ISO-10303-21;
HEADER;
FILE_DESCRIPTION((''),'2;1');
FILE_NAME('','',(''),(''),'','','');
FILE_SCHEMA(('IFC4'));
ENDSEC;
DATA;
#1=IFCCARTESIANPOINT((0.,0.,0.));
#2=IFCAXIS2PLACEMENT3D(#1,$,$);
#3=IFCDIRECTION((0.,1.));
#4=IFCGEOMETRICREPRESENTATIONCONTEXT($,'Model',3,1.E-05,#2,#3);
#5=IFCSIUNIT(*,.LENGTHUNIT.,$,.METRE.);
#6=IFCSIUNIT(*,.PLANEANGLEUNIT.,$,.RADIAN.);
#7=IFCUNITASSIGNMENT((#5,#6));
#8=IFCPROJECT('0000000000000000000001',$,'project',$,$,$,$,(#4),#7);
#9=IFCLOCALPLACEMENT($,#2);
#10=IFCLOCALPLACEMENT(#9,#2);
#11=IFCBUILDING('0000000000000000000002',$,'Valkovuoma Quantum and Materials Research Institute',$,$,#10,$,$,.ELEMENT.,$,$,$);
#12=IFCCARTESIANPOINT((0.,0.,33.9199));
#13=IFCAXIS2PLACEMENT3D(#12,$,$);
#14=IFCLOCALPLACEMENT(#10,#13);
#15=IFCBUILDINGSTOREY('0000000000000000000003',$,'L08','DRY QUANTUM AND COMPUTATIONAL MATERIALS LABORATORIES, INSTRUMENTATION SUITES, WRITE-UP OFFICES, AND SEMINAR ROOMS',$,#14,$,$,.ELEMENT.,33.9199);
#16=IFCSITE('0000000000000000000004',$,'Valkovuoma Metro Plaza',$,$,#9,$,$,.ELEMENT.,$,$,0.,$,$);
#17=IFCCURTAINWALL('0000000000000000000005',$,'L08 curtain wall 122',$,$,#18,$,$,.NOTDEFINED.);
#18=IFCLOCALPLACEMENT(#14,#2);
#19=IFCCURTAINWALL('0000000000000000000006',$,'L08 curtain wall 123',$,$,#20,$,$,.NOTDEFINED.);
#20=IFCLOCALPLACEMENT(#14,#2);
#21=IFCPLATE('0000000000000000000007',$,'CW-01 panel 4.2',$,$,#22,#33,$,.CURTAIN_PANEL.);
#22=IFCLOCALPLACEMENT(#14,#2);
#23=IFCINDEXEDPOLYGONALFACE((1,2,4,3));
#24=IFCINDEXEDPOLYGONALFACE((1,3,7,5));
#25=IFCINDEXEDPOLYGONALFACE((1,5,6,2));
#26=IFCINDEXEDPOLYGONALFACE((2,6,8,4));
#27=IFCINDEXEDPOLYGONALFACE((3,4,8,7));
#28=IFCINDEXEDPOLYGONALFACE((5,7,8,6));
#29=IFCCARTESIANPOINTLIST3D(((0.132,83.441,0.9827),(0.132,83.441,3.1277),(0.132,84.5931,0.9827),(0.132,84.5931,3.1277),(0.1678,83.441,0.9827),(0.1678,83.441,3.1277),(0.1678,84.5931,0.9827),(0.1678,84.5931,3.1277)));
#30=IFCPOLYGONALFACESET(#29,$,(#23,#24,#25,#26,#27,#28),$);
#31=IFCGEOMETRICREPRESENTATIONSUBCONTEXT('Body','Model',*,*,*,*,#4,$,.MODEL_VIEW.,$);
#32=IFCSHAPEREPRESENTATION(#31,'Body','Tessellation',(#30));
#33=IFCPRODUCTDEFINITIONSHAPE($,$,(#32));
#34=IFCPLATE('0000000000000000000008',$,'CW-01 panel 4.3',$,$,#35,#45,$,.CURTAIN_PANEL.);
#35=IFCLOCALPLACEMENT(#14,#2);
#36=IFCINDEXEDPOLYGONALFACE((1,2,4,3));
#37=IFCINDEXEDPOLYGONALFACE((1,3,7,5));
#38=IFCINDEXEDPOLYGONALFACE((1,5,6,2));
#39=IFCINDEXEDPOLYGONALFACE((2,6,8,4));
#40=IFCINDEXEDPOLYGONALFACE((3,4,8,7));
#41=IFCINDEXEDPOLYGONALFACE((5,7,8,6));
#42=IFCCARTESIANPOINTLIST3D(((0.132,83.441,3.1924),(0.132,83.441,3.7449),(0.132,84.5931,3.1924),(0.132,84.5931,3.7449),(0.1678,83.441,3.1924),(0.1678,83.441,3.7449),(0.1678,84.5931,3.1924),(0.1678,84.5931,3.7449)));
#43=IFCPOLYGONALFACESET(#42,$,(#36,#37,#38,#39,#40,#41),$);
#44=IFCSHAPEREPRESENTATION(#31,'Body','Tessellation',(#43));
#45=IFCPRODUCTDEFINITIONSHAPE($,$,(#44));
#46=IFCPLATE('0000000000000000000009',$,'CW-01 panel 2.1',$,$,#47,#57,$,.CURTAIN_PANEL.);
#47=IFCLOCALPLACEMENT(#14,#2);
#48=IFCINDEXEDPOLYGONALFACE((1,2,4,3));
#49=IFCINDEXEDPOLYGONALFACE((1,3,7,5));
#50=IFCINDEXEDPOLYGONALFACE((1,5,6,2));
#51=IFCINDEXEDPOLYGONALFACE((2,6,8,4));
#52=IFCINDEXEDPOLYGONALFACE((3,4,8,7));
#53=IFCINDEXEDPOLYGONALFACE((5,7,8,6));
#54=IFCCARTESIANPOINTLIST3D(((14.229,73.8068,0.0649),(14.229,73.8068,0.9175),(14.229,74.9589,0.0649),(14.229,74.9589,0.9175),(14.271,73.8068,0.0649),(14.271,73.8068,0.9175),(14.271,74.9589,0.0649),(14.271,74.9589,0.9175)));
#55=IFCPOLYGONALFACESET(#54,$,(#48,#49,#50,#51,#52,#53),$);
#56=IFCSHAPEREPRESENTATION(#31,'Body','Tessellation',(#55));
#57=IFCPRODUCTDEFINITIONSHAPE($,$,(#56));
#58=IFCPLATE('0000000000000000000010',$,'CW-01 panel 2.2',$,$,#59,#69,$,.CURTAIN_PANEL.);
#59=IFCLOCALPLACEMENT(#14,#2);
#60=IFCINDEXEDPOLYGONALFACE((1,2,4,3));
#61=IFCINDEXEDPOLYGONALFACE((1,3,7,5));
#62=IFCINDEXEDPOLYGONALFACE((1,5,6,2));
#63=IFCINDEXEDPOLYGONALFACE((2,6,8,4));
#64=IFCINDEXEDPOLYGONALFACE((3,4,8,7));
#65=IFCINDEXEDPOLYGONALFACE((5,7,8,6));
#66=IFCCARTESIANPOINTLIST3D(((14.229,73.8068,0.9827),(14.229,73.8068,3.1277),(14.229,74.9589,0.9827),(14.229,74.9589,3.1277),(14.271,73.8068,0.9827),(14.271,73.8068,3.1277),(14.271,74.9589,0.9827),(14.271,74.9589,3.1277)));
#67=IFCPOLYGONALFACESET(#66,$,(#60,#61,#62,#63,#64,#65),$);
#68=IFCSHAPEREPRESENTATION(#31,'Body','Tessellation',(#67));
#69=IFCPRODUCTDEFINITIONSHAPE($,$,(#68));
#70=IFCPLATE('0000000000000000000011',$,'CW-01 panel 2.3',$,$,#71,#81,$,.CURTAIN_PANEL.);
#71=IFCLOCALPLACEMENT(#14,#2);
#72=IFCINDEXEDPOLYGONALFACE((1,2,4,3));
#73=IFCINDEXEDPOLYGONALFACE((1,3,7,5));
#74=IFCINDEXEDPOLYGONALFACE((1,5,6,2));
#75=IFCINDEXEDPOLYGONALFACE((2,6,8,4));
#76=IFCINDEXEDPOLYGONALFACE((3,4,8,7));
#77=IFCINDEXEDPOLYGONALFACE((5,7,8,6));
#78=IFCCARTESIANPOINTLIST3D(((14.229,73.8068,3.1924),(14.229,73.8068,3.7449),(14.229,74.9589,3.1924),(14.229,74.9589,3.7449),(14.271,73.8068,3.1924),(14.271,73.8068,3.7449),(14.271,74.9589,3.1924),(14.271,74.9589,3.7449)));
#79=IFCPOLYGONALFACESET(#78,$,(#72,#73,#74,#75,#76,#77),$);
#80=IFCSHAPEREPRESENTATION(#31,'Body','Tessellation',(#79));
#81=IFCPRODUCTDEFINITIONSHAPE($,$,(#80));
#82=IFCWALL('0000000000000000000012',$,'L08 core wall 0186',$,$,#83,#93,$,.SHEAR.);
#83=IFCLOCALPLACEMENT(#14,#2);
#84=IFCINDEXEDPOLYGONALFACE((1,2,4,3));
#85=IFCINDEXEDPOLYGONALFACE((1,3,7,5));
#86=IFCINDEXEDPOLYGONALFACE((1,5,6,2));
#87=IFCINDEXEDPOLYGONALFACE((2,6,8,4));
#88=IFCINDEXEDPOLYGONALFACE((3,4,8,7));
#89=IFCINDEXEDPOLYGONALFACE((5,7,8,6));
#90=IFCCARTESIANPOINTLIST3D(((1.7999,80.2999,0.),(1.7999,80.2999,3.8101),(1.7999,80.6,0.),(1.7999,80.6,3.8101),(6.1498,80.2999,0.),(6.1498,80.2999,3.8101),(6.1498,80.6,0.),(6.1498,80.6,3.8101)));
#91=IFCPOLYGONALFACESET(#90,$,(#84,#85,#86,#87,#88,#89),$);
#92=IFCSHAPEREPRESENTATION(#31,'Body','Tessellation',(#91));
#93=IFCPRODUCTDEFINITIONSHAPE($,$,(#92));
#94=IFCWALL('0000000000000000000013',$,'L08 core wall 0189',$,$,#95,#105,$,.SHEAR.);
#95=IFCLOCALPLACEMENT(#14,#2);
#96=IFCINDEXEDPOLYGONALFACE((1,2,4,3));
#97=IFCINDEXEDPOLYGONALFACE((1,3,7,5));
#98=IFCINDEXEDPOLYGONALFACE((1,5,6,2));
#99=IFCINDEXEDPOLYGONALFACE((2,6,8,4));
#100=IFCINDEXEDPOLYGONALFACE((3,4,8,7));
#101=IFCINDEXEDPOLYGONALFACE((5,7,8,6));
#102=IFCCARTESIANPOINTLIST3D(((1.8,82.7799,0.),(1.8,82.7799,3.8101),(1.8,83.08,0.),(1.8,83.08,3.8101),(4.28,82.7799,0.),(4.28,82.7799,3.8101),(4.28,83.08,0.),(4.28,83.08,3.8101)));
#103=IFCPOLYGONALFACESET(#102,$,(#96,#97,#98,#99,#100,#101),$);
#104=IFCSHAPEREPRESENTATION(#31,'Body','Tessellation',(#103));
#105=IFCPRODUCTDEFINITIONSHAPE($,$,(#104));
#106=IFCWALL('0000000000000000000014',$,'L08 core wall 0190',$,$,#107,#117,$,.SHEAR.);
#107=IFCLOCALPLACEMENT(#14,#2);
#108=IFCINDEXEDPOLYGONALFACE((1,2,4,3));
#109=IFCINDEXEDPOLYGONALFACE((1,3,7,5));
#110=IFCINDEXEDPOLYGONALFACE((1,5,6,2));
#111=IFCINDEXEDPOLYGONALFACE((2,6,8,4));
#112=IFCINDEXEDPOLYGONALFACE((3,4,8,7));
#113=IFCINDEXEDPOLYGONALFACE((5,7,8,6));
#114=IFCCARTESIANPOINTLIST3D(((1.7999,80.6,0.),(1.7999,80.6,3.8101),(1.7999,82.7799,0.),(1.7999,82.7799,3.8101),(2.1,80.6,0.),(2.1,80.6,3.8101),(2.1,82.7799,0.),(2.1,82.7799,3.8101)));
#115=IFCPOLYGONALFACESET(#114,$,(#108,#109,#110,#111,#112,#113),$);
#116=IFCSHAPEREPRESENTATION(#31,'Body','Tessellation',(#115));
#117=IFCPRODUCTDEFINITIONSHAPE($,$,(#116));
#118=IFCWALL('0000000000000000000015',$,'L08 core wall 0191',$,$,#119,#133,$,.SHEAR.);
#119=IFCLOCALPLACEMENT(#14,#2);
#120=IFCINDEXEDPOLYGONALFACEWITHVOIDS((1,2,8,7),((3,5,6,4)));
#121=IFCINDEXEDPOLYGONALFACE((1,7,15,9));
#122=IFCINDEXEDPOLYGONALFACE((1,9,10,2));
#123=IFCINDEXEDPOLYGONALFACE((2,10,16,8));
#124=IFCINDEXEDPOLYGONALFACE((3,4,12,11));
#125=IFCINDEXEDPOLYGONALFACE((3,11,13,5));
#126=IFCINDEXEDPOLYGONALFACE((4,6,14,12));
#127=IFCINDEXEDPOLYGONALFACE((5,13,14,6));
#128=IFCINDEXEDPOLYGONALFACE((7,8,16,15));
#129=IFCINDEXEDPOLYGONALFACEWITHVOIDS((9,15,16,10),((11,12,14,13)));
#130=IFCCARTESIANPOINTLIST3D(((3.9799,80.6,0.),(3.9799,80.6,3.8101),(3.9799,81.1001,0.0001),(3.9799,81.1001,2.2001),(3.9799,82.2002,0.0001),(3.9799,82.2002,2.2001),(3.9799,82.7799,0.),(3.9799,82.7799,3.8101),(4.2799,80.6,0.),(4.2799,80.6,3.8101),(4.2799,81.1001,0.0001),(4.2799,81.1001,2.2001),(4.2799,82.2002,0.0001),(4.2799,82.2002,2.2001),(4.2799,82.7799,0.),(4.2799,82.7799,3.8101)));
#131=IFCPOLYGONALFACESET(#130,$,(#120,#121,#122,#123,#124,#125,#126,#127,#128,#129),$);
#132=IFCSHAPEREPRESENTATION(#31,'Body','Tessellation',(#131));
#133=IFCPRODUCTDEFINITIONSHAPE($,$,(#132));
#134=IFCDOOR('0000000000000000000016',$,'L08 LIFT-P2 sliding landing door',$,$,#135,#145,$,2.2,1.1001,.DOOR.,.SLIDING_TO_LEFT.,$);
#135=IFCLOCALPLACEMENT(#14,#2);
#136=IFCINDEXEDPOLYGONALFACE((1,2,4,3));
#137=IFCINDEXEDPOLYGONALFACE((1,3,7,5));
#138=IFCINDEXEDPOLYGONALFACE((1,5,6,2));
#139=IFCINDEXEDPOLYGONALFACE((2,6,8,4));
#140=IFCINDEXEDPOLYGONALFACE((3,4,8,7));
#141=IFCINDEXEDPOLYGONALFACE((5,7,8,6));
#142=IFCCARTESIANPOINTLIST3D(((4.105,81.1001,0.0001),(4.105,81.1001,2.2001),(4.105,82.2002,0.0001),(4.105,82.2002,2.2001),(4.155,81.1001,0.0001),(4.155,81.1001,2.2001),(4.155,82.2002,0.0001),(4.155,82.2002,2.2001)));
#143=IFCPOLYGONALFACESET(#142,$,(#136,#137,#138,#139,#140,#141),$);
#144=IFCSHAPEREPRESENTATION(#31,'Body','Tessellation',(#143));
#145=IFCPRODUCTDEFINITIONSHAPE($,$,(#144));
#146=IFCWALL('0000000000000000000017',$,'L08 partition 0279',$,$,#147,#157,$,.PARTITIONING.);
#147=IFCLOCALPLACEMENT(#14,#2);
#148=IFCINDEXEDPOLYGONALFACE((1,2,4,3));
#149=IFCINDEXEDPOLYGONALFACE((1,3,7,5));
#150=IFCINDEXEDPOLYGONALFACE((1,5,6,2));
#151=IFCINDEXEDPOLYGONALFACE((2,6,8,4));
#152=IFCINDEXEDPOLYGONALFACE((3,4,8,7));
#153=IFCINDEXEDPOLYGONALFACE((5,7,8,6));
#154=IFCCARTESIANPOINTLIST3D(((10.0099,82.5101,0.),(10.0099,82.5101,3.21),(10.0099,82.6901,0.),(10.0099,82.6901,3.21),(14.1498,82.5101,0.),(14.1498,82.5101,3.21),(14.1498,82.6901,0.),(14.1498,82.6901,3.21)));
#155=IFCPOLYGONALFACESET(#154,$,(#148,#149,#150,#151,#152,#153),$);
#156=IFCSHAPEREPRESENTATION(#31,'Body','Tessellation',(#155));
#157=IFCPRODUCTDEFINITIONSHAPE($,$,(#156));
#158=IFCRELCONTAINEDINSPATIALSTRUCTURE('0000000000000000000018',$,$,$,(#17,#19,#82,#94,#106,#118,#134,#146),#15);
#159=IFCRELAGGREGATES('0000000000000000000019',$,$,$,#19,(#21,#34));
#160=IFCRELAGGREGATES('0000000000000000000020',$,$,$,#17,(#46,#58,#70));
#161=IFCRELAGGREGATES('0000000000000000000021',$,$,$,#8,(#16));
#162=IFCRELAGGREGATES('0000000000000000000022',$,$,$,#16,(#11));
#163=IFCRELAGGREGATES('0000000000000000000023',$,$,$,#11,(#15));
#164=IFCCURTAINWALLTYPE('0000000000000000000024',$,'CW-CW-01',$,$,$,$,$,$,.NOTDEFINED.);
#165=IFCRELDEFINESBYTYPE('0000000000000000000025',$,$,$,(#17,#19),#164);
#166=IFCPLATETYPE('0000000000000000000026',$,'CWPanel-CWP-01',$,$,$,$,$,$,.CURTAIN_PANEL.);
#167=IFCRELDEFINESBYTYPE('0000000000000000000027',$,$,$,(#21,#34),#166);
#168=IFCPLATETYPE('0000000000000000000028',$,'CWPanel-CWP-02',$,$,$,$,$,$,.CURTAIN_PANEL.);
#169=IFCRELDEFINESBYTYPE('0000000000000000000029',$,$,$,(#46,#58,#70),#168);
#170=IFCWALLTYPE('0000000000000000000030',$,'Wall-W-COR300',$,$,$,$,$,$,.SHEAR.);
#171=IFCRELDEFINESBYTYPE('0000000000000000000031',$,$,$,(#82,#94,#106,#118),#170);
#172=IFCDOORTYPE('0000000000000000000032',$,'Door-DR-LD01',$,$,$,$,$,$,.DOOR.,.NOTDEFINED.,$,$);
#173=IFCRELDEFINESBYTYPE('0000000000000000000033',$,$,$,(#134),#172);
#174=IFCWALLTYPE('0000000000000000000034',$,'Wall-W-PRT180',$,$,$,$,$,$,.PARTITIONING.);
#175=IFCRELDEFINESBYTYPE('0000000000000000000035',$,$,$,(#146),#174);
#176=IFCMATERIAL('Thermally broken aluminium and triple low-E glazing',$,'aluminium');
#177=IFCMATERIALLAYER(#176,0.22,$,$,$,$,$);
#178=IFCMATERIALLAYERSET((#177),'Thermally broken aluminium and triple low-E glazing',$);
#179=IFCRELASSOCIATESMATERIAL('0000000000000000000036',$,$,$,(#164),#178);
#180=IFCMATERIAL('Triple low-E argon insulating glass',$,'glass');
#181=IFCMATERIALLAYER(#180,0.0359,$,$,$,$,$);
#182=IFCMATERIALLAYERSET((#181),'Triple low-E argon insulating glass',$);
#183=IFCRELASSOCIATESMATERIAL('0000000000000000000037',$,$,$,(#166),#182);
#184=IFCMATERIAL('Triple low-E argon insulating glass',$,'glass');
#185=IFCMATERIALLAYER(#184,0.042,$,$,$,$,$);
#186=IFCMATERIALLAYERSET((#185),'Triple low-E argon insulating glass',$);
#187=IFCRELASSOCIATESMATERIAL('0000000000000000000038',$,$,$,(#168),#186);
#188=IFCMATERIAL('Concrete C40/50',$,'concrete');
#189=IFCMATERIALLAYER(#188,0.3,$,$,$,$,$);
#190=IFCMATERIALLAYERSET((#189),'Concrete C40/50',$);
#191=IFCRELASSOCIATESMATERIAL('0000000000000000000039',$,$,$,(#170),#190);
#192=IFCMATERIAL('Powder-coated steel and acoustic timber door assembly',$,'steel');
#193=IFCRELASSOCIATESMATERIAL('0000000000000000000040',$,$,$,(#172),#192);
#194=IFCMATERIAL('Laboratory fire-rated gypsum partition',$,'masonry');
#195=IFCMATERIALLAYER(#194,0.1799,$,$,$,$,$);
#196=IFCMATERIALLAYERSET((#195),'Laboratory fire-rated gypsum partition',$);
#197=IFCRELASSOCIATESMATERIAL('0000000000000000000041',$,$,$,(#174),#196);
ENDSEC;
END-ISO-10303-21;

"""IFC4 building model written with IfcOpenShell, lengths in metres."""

from ifc_helpers import new_model, si_unit, direction, frame, frame_2d, origin, origin_2d, place, context, subcontext, project, spatial, rectangle, extrude, material, layer, layer_set, type_object, element, fill, aggregate, save


model = new_model("IFC4")

# Units and contexts
model_context = context("Model", 3, precision=1e-05, world=origin(), true_north=direction((0.0, 1.0)))
body_context = subcontext(model_context, "Body", "Model", "MODEL_VIEW")
ifc_project = project(units=[si_unit("LENGTHUNIT", "METRE"), si_unit("PLANEANGLEUNIT", "RADIAN")], contexts=[model_context])

# Site, building, storey
site_placement = place(None, origin())
site = spatial("IfcSite", under=ifc_project, at=site_placement, Name="Valkovuoma Metro Plaza", CompositionType="ELEMENT", RefElevation=0.0)
building_placement = place(site_placement, origin())
building = spatial("IfcBuilding", under=site, at=building_placement, Name="Valkovuoma Quantum and Materials Research Institute", CompositionType="ELEMENT")
storey_placement = place(building_placement, frame((0.0, 0.0, 33.9199)))
storey = spatial("IfcBuildingStorey", under=building, at=storey_placement, Name="L08", Description="DRY QUANTUM AND COMPUTATIONAL MATERIALS LABORATORIES, INSTRUMENTATION SUITES, WRITE-UP OFFICES, AND SEMINAR ROOMS", CompositionType="ELEMENT", Elevation=33.9199)

# Curtain wall
ifc_material_1 = material(Name="Thermally broken aluminium and triple low-E glazing", Category="aluminium")
ifc_layer_1 = layer(ifc_material_1, 0.22)
ifc_layer_set_1 = layer_set([ifc_layer_1], Name="Thermally broken aluminium and triple low-E glazing")
curtain_wall_type = type_object("IfcCurtainWallType", Name="CW-CW-01", PredefinedType="NOTDEFINED", material=ifc_layer_set_1)
curtain_wall_1_placement = place(storey_placement, origin())
curtain_wall_1 = element("IfcCurtainWall", 1, at=curtain_wall_1_placement, inside=storey, type_object=curtain_wall_type, Name="L08 curtain wall 122", PredefinedType="NOTDEFINED")

# Curtain wall
curtain_wall_2_placement = place(storey_placement, origin())
curtain_wall_2 = element("IfcCurtainWall", 2, at=curtain_wall_2_placement, inside=storey, type_object=curtain_wall_type, Name="L08 curtain wall 123", PredefinedType="NOTDEFINED")

# Plates
ifc_material_2 = material(Name="Triple low-E argon insulating glass", Category="glass")
ifc_layer_2 = layer(ifc_material_2, 0.0359)
ifc_layer_set_2 = layer_set([ifc_layer_2], Name="Triple low-E argon insulating glass")
plate_type_1 = type_object("IfcPlateType", Name="CWPanel-CWP-01", PredefinedType="CURTAIN_PANEL", material=ifc_layer_set_2)
plate_1_placement = place(storey_placement, frame((0.1499, 84.0171, 0.9827), z_axis=(0.0, 0.0, 1.0), x_axis=(0.0, 1.0, 0.0)))
plate_1 = element("IfcPlate", 3, at=plate_1_placement, type_object=plate_type_1, Name="CW-01 panel 4.2", PredefinedType="CURTAIN_PANEL", context=body_context, shape_type="SweptSolid", body=[
    extrude(rectangle(XDim=1.1521, YDim=0.0359, at=origin_2d()), origin(), (0.0, 0.0, 1.0), 2.145),
])
plate_2_placement = place(storey_placement, frame((0.1499, 84.0171, 3.1924), z_axis=(0.0, 0.0, 1.0), x_axis=(0.0, 1.0, 0.0)))
plate_2 = element("IfcPlate", 4, at=plate_2_placement, type_object=plate_type_1, Name="CW-01 panel 4.3", PredefinedType="CURTAIN_PANEL", context=body_context, shape_type="SweptSolid", body=[
    extrude(rectangle(XDim=1.1521, YDim=0.0359, at=origin_2d()), origin(), (0.0, 0.0, 1.0), 0.5525),
])
aggregate(curtain_wall_2, [plate_1, plate_2])
ifc_material_3 = material(Name="Triple low-E argon insulating glass", Category="glass")
ifc_layer_3 = layer(ifc_material_3, 0.042)
ifc_layer_set_3 = layer_set([ifc_layer_3], Name="Triple low-E argon insulating glass")
plate_type_2 = type_object("IfcPlateType", Name="CWPanel-CWP-02", PredefinedType="CURTAIN_PANEL", material=ifc_layer_set_3)
plate_3_placement = place(storey_placement, frame((14.25, 74.3828, 0.0649), z_axis=(0.0, 0.0, 1.0), x_axis=(0.0, 1.0, 0.0)))
plate_3 = element("IfcPlate", 5, at=plate_3_placement, type_object=plate_type_2, Name="CW-01 panel 2.1", PredefinedType="CURTAIN_PANEL", context=body_context, shape_type="SweptSolid", body=[
    extrude(rectangle(XDim=1.1521, YDim=0.042, at=origin_2d()), origin(), (0.0, 0.0, 1.0), 0.8525),
])
plate_4_placement = place(storey_placement, frame((14.25, 74.3828, 0.9827), z_axis=(0.0, 0.0, 1.0), x_axis=(0.0, 1.0, 0.0)))
plate_4 = element("IfcPlate", 6, at=plate_4_placement, type_object=plate_type_2, Name="CW-01 panel 2.2", PredefinedType="CURTAIN_PANEL", context=body_context, shape_type="SweptSolid", body=[
    extrude(rectangle(XDim=1.1521, YDim=0.042, at=origin_2d()), origin(), (0.0, 0.0, 1.0), 2.145),
])
plate_5_placement = place(storey_placement, frame((14.25, 74.3828, 3.1924), z_axis=(0.0, 0.0, 1.0), x_axis=(0.0, 1.0, 0.0)))
plate_5 = element("IfcPlate", 7, at=plate_5_placement, type_object=plate_type_2, Name="CW-01 panel 2.3", PredefinedType="CURTAIN_PANEL", context=body_context, shape_type="SweptSolid", body=[
    extrude(rectangle(XDim=1.1521, YDim=0.042, at=origin_2d()), origin(), (0.0, 0.0, 1.0), 0.5525),
])
aggregate(curtain_wall_1, [plate_3, plate_4, plate_5])

# Walls
ifc_material_4 = material(Name="Concrete C40/50", Category="concrete")
ifc_layer_4 = layer(ifc_material_4, 0.3)
ifc_layer_set_4 = layer_set([ifc_layer_4], Name="Concrete C40/50")
wall_type_1 = type_object("IfcWallType", Name="Wall-W-COR300", PredefinedType="SHEAR", material=ifc_layer_set_4)
wall_1_placement = place(storey_placement, frame((1.8, 80.45, 0.0), z_axis=(0.0, 0.0, 1.0), x_axis=(1.0, 0.0, 0.0)))
element("IfcWall", 8, at=wall_1_placement, inside=storey, type_object=wall_type_1, Name="L08 core wall 0186", PredefinedType="SHEAR", context=body_context, shape_type="SweptSolid", body=[
    extrude(rectangle(XDim=4.3499, YDim=0.3, at=frame_2d((2.1748, 0.0))), origin(), (0.0, 0.0, 1.0), 3.8101),
])
wall_2_placement = place(storey_placement, frame((1.8, 82.9299, 0.0), z_axis=(0.0, 0.0, 1.0), x_axis=(1.0, 0.0, 0.0)))
element("IfcWall", 9, at=wall_2_placement, inside=storey, type_object=wall_type_1, Name="L08 core wall 0189", PredefinedType="SHEAR", context=body_context, shape_type="SweptSolid", body=[
    extrude(rectangle(XDim=2.48, YDim=0.3, at=frame_2d((1.24, 0.0))), origin(), (0.0, 0.0, 1.0), 3.8101),
])
wall_3_placement = place(storey_placement, frame((1.95, 80.6001, 0.0), z_axis=(0.0, 0.0, 1.0), x_axis=(0.0, 1.0, 0.0)))
element("IfcWall", 10, at=wall_3_placement, inside=storey, type_object=wall_type_1, Name="L08 core wall 0190", PredefinedType="SHEAR", context=body_context, shape_type="SweptSolid", body=[
    extrude(rectangle(XDim=2.1799, YDim=0.3, at=frame_2d((1.0898, 0.0))), origin(), (0.0, 0.0, 1.0), 3.8101),
])

# Wall, opening, door
wall_4_placement = place(storey_placement, frame((4.1299, 80.6001, 0.0), z_axis=(0.0, 0.0, 1.0), x_axis=(0.0, 1.0, 0.0)))
wall_4 = element("IfcWall", 11, at=wall_4_placement, inside=storey, type_object=wall_type_1, Name="L08 core wall 0191", PredefinedType="SHEAR", context=body_context, shape_type="SweptSolid", body=[
    extrude(rectangle(XDim=2.1799, YDim=0.3, at=frame_2d((1.0898, 0.0))), origin(), (0.0, 0.0, 1.0), 3.8101),
])
opening_placement = place(wall_4_placement, frame((0.5, 0.0, 0.0)))
opening = element("IfcOpeningElement", 12, at=opening_placement, cuts=wall_4, PredefinedType="OPENING", context=body_context, shape_type="SweptSolid", body=[
    extrude(rectangle(XDim=1.1001, YDim=2.2, at=frame_2d((0.55, 1.1001))), frame((0.0, 0.1602, 0.0), z_axis=(0.0, -1.0, 0.0), x_axis=(1.0, 0.0, 0.0)), (0.0, 0.0, 1.0), 0.3201),
])
ifc_material_5 = material(Name="Powder-coated steel and acoustic timber door assembly", Category="steel")
door_type = type_object("IfcDoorType", Name="Door-DR-LD01", OperationType="NOTDEFINED", PredefinedType="DOOR", material=ifc_material_5)
door_placement = place(opening_placement, origin())
door = element("IfcDoor", 13, at=door_placement, inside=storey, type_object=door_type, Name="L08 LIFT-P2 sliding landing door", OperationType="SLIDING_TO_LEFT", OverallHeight=2.2, OverallWidth=1.1001, PredefinedType="DOOR", context=body_context, shape_type="SweptSolid", body=[
    extrude(rectangle(XDim=1.1001, YDim=2.2, at=frame_2d((0.55, 1.1001))), frame((0.0, 0.0249, 0.0), z_axis=(0.0, -1.0, 0.0), x_axis=(1.0, 0.0, 0.0)), (0.0, 0.0, 1.0), 0.05),
])
fill(opening, door)

# Wall
ifc_material_6 = material(Name="Laboratory fire-rated gypsum partition", Category="masonry")
ifc_layer_5 = layer(ifc_material_6, 0.1799)
ifc_layer_set_5 = layer_set([ifc_layer_5], Name="Laboratory fire-rated gypsum partition")
wall_type_2 = type_object("IfcWallType", Name="Wall-W-PRT180", PredefinedType="PARTITIONING", material=ifc_layer_set_5)
wall_5_placement = place(storey_placement, frame((10.01, 82.6001, 0.0), z_axis=(0.0, 0.0, 1.0), x_axis=(1.0, 0.0, 0.0)))
element("IfcWall", 14, at=wall_5_placement, inside=storey, type_object=wall_type_2, Name="L08 partition 0279", PredefinedType="PARTITIONING", context=body_context, shape_type="SweptSolid", body=[
    extrude(rectangle(XDim=4.1399, YDim=0.1799, at=frame_2d((2.0698, 0.0))), origin(), (0.0, 0.0, 1.0), 3.21),
])

save(model, "model.ifc")
